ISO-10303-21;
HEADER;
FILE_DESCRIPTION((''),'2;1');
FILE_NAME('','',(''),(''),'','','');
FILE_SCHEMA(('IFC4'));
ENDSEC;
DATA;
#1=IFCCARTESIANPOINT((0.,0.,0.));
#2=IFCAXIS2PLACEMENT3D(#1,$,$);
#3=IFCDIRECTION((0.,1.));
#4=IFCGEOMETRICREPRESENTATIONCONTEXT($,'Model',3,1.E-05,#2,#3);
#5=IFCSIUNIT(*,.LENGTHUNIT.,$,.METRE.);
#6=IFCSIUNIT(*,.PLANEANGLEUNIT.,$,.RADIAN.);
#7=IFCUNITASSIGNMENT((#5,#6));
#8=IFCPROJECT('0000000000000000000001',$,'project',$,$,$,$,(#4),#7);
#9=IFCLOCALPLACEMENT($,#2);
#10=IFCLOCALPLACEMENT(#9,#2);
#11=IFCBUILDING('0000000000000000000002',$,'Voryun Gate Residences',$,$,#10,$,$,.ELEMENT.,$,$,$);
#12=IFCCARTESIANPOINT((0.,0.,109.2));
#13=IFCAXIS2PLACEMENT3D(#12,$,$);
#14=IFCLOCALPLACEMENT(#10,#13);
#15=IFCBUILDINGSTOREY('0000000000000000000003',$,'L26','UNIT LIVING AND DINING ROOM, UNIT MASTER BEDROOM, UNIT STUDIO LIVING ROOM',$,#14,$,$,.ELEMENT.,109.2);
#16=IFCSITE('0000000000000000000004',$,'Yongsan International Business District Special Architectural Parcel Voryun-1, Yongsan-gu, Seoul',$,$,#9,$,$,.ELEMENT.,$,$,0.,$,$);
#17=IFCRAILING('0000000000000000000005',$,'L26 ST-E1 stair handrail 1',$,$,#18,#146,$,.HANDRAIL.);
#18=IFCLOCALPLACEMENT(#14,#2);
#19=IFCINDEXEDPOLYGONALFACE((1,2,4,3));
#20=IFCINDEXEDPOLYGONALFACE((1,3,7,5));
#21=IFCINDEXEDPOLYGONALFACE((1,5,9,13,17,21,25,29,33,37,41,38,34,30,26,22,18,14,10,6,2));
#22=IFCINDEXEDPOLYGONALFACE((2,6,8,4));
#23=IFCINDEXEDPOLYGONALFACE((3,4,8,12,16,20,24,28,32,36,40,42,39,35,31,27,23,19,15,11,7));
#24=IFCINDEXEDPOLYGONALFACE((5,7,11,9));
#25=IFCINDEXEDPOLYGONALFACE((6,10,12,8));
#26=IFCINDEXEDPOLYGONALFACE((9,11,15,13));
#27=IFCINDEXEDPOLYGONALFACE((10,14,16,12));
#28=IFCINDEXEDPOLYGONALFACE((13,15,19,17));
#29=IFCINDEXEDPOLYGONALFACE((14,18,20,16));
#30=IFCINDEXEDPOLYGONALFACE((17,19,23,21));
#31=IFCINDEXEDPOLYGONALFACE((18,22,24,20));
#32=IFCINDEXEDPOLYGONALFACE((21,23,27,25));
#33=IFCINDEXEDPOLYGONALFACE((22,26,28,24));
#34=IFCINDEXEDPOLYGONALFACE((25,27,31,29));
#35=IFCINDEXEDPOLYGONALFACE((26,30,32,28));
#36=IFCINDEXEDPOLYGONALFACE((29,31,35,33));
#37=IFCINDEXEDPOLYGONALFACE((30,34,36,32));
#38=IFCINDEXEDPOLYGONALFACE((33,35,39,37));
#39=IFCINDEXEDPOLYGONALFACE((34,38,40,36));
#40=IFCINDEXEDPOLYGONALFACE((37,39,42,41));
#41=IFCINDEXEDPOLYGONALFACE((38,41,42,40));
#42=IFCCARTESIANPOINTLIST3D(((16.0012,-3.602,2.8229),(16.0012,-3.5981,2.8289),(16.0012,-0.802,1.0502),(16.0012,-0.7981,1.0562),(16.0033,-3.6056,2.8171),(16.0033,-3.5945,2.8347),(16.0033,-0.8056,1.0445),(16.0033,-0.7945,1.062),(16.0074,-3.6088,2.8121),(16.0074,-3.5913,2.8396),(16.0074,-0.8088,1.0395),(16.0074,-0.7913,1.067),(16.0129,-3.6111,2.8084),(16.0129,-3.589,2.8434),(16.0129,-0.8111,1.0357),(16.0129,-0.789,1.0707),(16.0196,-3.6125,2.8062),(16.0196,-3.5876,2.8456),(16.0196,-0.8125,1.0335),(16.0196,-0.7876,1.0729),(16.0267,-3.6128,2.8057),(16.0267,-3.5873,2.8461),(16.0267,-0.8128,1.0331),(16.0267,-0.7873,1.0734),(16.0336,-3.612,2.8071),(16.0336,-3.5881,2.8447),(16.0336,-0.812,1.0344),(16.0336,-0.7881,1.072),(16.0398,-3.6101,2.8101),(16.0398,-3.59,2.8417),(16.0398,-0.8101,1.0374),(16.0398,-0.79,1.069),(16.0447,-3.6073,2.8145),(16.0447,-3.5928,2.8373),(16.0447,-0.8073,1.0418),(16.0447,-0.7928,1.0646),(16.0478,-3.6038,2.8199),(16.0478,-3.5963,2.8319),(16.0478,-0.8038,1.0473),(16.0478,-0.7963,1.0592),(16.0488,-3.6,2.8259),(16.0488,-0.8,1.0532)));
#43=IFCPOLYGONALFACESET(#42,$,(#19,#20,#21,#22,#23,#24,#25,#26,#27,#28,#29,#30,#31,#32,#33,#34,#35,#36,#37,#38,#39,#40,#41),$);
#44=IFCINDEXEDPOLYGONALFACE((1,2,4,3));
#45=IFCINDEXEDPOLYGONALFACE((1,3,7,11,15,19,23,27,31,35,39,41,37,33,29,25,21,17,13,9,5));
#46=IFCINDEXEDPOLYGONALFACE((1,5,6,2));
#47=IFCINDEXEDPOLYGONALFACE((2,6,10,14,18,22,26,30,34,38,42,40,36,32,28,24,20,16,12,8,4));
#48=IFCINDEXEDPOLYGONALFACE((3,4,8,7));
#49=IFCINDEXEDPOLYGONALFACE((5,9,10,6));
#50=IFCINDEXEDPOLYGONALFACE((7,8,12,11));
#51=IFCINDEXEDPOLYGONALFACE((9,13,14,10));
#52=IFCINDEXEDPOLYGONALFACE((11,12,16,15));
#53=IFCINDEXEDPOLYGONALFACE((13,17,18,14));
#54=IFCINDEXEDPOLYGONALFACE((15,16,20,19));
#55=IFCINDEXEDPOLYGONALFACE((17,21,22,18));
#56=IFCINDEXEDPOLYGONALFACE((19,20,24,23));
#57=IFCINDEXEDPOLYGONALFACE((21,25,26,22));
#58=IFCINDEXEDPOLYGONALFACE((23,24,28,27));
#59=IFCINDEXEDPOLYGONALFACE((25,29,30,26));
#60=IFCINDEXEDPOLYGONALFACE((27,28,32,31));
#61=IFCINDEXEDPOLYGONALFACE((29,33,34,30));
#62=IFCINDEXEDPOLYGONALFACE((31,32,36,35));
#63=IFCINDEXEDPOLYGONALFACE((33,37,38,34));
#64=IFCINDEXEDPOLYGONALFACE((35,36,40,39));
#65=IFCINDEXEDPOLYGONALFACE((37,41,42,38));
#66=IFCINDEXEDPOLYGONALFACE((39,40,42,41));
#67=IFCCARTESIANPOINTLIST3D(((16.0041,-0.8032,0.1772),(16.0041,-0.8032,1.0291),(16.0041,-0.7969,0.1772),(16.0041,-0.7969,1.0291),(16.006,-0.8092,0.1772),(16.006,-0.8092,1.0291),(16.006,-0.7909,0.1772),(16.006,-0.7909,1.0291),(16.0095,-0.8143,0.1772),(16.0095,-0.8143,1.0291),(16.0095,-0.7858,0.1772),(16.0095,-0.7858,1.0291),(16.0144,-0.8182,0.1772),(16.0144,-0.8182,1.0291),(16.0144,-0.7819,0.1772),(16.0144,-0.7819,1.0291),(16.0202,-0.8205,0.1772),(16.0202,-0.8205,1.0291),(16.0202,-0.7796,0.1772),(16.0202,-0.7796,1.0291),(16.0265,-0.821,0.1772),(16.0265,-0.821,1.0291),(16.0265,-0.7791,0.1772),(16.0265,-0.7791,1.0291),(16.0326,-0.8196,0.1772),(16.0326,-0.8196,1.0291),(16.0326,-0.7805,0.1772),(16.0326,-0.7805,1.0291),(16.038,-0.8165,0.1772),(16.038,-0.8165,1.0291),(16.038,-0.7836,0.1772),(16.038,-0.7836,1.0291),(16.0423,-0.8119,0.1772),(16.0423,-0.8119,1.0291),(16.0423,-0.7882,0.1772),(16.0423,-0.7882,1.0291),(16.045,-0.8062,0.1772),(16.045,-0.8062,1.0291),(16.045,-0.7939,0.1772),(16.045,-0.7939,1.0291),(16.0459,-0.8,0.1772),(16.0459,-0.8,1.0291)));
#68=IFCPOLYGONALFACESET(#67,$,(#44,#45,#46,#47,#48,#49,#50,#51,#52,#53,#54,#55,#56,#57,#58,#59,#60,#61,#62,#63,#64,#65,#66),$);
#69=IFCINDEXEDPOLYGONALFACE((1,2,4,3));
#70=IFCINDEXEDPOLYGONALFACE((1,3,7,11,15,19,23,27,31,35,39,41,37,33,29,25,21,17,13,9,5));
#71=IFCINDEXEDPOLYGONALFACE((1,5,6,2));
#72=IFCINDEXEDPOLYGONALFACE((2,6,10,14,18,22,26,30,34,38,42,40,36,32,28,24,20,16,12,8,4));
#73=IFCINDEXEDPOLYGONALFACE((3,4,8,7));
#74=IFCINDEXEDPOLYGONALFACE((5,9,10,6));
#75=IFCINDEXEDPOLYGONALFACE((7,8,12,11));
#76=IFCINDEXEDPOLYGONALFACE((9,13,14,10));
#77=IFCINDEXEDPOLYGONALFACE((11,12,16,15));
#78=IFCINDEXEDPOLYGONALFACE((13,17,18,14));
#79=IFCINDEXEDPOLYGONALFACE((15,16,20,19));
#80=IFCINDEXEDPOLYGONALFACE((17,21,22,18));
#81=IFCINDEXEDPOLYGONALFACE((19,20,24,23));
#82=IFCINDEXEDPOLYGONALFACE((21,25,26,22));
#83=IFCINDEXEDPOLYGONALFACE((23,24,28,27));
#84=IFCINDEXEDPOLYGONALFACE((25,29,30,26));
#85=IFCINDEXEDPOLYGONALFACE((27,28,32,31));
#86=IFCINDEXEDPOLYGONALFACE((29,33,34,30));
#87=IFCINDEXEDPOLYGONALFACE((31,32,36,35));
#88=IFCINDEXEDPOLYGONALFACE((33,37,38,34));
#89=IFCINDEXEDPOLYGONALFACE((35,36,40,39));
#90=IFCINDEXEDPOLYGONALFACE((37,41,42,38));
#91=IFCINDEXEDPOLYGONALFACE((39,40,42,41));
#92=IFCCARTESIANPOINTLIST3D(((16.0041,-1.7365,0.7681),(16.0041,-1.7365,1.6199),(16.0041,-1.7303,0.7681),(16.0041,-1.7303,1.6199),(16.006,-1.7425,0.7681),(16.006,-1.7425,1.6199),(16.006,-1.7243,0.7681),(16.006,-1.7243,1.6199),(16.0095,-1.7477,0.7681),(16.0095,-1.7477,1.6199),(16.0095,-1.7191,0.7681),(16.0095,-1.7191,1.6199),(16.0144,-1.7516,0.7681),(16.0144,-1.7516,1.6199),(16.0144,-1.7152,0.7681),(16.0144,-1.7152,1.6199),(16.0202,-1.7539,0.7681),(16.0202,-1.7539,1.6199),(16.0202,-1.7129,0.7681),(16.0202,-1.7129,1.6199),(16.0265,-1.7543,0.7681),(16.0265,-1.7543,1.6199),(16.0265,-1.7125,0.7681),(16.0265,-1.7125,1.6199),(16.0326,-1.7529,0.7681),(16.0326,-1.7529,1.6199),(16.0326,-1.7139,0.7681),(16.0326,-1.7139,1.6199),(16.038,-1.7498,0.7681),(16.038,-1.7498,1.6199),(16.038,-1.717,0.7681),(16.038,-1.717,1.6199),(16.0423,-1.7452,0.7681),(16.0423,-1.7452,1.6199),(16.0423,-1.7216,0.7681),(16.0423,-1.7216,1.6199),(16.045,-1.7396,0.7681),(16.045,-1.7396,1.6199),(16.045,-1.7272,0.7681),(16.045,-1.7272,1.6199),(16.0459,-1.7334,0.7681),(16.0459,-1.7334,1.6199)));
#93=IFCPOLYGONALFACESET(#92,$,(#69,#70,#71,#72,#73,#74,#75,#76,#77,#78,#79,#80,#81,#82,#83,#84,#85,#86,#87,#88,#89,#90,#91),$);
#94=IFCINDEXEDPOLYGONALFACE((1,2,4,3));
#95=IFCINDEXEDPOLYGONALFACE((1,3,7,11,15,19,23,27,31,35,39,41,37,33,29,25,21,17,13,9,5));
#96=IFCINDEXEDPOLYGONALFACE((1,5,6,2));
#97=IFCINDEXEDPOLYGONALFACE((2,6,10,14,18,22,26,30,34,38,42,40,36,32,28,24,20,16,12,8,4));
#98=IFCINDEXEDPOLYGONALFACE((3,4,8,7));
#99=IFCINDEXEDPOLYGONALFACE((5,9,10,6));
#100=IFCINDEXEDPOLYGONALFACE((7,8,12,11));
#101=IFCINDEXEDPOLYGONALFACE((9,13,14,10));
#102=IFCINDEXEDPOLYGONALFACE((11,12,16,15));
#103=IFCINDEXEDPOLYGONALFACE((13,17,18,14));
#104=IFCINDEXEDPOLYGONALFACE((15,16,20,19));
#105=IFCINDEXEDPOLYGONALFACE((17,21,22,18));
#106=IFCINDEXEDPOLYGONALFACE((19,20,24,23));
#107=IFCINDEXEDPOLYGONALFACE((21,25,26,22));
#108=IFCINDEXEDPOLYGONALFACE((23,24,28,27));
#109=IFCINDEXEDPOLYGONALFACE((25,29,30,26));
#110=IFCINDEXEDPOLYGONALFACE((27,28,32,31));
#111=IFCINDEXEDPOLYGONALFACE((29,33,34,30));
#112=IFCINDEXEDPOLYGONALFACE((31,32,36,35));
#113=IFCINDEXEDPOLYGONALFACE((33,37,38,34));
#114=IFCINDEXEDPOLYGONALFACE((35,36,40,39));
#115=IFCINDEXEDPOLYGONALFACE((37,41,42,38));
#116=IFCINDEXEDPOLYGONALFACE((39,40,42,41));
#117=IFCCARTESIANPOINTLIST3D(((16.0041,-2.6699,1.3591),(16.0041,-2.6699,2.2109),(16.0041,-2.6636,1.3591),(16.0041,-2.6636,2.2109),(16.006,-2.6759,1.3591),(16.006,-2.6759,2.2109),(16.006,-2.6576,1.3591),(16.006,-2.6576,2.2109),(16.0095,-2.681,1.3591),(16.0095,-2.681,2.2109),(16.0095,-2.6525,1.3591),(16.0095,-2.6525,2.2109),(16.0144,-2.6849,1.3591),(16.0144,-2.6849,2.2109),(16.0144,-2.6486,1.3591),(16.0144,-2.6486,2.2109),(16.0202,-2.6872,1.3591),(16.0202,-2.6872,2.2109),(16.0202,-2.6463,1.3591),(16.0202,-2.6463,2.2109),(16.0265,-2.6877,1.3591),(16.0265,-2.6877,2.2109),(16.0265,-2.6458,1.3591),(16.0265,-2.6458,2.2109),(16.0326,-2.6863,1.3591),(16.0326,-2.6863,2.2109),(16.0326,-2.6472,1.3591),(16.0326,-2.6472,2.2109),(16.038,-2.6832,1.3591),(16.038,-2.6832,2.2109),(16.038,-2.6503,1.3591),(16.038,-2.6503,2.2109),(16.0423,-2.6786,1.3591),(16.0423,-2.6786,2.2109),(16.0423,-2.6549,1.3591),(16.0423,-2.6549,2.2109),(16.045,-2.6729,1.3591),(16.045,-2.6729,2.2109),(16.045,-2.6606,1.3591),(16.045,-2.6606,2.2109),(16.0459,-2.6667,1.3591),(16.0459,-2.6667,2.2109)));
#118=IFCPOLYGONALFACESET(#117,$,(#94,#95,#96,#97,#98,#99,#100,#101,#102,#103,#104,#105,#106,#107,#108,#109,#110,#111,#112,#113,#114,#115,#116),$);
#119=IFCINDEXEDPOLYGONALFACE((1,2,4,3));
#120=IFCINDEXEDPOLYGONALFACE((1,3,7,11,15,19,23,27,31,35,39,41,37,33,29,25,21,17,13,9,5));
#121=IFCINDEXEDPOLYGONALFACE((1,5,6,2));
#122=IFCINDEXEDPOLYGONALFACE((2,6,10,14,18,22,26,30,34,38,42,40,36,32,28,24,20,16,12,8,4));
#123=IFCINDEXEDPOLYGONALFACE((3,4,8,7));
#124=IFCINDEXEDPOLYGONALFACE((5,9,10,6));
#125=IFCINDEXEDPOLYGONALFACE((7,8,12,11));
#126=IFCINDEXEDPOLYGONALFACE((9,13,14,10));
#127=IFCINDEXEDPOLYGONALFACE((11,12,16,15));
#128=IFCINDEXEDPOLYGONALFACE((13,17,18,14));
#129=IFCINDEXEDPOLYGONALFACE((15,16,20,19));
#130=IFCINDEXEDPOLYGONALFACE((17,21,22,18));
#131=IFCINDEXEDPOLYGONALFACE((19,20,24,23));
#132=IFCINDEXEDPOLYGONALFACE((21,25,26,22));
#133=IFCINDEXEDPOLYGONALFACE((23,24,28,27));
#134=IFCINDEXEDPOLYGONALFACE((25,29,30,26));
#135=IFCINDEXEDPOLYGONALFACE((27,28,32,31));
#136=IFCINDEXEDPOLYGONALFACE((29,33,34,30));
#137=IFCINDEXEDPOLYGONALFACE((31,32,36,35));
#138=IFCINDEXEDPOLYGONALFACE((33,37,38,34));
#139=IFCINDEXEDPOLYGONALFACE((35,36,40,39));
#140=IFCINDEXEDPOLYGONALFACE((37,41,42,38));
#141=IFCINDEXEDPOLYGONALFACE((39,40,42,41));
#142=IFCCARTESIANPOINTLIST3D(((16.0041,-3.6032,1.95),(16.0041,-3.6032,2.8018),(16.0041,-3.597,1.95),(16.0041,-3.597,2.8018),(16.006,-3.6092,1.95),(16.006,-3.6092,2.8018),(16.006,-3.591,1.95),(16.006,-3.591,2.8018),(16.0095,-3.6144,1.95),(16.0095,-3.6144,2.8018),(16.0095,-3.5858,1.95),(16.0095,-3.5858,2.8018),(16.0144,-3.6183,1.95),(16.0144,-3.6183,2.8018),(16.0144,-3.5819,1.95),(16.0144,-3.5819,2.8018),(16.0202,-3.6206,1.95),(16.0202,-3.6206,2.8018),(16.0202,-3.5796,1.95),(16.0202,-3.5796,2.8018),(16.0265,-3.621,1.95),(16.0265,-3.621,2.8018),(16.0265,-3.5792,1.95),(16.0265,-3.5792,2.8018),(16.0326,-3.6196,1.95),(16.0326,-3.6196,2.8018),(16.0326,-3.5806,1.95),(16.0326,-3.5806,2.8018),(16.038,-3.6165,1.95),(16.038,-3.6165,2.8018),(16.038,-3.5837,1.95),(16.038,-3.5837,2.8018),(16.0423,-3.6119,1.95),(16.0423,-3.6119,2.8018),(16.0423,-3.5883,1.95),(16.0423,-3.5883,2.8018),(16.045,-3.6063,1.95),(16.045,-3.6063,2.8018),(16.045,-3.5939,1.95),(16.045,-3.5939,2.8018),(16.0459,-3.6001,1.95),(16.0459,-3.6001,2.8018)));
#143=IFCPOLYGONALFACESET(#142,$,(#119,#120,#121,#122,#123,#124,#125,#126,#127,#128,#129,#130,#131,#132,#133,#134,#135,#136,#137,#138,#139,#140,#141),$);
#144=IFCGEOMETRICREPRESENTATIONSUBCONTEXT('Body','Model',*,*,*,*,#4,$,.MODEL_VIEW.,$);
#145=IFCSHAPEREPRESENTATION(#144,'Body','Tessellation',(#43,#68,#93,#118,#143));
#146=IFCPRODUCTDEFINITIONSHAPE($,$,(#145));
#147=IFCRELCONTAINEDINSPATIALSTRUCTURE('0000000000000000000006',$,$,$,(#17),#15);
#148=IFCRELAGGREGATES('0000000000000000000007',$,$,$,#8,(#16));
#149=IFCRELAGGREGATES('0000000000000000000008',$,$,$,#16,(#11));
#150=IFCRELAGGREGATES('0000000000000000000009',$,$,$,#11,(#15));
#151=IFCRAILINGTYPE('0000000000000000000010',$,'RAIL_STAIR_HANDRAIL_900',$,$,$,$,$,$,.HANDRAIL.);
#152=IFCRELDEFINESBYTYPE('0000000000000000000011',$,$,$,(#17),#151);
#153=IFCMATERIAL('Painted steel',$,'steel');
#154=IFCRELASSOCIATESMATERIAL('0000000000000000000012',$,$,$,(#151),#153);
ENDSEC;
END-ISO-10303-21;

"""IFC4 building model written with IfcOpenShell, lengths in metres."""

from ifc_helpers import new_model, si_unit, direction, frame, origin, origin_2d, place, context, subcontext, project, spatial, circle, extrude, material, type_object, element, save


model = new_model("IFC4")

# Units and contexts
model_context = context("Model", 3, precision=1e-05, world=origin(), true_north=direction((0.0, 1.0)))
body_context = subcontext(model_context, "Body", "Model", "MODEL_VIEW")
ifc_project = project(units=[si_unit("LENGTHUNIT", "METRE"), si_unit("PLANEANGLEUNIT", "RADIAN")], contexts=[model_context])

# Site, building, storey
site_placement = place(None, origin())
site = spatial("IfcSite", under=ifc_project, at=site_placement, Name="Yongsan International Business District Special Architectural Parcel Voryun-1, Yongsan-gu, Seoul", CompositionType="ELEMENT", RefElevation=0.0)
building_placement = place(site_placement, origin())
building = spatial("IfcBuilding", under=site, at=building_placement, Name="Voryun Gate Residences", CompositionType="ELEMENT")
storey_placement = place(building_placement, frame((0.0, 0.0, 109.2)))
storey = spatial("IfcBuildingStorey", under=building, at=storey_placement, Name="L26", Description="UNIT LIVING AND DINING ROOM, UNIT MASTER BEDROOM, UNIT STUDIO LIVING ROOM", CompositionType="ELEMENT", Elevation=109.2)

# Railing
ifc_material_1 = material(Name="Painted steel", Category="steel")
railing_type_1 = type_object("IfcRailingType", Name="RAIL_STAIR_HANDRAIL_900", PredefinedType="HANDRAIL", material=ifc_material_1)
railing_1_placement = place(storey_placement, frame((16.0249, -0.8, 0.1772)))
element("IfcRailing", 1, at=railing_1_placement, inside=storey, type_object=railing_type_1, Name="L26 ST-E1 stair handrail 1", PredefinedType="HANDRAIL", context=body_context, shape_type="SweptSolid", body=[
    extrude(circle(Radius=0.0239, at=origin_2d()), frame((0.0, 0.0, 0.876), z_axis=(0.0, -0.844909, 0.53491), x_axis=(1.0, 0.0, 0.0)), (0.0, 0.0, 1.0), 3.314),
    extrude(circle(Radius=0.021, at=origin_2d()), origin(), (0.0, 0.0, 1.0), 0.8518),
    extrude(circle(Radius=0.021, at=origin_2d()), frame((0.0, -0.9333, 0.5908)), (0.0, 0.0, 1.0), 0.8518),
    extrude(circle(Radius=0.021, at=origin_2d()), frame((0.0, -1.8667, 1.1819)), (0.0, 0.0, 1.0), 0.8518),
    extrude(circle(Radius=0.021, at=origin_2d()), frame((0.0, -2.8, 1.7727)), (0.0, 0.0, 1.0), 0.8518),
])

save(model, "model.ifc")
